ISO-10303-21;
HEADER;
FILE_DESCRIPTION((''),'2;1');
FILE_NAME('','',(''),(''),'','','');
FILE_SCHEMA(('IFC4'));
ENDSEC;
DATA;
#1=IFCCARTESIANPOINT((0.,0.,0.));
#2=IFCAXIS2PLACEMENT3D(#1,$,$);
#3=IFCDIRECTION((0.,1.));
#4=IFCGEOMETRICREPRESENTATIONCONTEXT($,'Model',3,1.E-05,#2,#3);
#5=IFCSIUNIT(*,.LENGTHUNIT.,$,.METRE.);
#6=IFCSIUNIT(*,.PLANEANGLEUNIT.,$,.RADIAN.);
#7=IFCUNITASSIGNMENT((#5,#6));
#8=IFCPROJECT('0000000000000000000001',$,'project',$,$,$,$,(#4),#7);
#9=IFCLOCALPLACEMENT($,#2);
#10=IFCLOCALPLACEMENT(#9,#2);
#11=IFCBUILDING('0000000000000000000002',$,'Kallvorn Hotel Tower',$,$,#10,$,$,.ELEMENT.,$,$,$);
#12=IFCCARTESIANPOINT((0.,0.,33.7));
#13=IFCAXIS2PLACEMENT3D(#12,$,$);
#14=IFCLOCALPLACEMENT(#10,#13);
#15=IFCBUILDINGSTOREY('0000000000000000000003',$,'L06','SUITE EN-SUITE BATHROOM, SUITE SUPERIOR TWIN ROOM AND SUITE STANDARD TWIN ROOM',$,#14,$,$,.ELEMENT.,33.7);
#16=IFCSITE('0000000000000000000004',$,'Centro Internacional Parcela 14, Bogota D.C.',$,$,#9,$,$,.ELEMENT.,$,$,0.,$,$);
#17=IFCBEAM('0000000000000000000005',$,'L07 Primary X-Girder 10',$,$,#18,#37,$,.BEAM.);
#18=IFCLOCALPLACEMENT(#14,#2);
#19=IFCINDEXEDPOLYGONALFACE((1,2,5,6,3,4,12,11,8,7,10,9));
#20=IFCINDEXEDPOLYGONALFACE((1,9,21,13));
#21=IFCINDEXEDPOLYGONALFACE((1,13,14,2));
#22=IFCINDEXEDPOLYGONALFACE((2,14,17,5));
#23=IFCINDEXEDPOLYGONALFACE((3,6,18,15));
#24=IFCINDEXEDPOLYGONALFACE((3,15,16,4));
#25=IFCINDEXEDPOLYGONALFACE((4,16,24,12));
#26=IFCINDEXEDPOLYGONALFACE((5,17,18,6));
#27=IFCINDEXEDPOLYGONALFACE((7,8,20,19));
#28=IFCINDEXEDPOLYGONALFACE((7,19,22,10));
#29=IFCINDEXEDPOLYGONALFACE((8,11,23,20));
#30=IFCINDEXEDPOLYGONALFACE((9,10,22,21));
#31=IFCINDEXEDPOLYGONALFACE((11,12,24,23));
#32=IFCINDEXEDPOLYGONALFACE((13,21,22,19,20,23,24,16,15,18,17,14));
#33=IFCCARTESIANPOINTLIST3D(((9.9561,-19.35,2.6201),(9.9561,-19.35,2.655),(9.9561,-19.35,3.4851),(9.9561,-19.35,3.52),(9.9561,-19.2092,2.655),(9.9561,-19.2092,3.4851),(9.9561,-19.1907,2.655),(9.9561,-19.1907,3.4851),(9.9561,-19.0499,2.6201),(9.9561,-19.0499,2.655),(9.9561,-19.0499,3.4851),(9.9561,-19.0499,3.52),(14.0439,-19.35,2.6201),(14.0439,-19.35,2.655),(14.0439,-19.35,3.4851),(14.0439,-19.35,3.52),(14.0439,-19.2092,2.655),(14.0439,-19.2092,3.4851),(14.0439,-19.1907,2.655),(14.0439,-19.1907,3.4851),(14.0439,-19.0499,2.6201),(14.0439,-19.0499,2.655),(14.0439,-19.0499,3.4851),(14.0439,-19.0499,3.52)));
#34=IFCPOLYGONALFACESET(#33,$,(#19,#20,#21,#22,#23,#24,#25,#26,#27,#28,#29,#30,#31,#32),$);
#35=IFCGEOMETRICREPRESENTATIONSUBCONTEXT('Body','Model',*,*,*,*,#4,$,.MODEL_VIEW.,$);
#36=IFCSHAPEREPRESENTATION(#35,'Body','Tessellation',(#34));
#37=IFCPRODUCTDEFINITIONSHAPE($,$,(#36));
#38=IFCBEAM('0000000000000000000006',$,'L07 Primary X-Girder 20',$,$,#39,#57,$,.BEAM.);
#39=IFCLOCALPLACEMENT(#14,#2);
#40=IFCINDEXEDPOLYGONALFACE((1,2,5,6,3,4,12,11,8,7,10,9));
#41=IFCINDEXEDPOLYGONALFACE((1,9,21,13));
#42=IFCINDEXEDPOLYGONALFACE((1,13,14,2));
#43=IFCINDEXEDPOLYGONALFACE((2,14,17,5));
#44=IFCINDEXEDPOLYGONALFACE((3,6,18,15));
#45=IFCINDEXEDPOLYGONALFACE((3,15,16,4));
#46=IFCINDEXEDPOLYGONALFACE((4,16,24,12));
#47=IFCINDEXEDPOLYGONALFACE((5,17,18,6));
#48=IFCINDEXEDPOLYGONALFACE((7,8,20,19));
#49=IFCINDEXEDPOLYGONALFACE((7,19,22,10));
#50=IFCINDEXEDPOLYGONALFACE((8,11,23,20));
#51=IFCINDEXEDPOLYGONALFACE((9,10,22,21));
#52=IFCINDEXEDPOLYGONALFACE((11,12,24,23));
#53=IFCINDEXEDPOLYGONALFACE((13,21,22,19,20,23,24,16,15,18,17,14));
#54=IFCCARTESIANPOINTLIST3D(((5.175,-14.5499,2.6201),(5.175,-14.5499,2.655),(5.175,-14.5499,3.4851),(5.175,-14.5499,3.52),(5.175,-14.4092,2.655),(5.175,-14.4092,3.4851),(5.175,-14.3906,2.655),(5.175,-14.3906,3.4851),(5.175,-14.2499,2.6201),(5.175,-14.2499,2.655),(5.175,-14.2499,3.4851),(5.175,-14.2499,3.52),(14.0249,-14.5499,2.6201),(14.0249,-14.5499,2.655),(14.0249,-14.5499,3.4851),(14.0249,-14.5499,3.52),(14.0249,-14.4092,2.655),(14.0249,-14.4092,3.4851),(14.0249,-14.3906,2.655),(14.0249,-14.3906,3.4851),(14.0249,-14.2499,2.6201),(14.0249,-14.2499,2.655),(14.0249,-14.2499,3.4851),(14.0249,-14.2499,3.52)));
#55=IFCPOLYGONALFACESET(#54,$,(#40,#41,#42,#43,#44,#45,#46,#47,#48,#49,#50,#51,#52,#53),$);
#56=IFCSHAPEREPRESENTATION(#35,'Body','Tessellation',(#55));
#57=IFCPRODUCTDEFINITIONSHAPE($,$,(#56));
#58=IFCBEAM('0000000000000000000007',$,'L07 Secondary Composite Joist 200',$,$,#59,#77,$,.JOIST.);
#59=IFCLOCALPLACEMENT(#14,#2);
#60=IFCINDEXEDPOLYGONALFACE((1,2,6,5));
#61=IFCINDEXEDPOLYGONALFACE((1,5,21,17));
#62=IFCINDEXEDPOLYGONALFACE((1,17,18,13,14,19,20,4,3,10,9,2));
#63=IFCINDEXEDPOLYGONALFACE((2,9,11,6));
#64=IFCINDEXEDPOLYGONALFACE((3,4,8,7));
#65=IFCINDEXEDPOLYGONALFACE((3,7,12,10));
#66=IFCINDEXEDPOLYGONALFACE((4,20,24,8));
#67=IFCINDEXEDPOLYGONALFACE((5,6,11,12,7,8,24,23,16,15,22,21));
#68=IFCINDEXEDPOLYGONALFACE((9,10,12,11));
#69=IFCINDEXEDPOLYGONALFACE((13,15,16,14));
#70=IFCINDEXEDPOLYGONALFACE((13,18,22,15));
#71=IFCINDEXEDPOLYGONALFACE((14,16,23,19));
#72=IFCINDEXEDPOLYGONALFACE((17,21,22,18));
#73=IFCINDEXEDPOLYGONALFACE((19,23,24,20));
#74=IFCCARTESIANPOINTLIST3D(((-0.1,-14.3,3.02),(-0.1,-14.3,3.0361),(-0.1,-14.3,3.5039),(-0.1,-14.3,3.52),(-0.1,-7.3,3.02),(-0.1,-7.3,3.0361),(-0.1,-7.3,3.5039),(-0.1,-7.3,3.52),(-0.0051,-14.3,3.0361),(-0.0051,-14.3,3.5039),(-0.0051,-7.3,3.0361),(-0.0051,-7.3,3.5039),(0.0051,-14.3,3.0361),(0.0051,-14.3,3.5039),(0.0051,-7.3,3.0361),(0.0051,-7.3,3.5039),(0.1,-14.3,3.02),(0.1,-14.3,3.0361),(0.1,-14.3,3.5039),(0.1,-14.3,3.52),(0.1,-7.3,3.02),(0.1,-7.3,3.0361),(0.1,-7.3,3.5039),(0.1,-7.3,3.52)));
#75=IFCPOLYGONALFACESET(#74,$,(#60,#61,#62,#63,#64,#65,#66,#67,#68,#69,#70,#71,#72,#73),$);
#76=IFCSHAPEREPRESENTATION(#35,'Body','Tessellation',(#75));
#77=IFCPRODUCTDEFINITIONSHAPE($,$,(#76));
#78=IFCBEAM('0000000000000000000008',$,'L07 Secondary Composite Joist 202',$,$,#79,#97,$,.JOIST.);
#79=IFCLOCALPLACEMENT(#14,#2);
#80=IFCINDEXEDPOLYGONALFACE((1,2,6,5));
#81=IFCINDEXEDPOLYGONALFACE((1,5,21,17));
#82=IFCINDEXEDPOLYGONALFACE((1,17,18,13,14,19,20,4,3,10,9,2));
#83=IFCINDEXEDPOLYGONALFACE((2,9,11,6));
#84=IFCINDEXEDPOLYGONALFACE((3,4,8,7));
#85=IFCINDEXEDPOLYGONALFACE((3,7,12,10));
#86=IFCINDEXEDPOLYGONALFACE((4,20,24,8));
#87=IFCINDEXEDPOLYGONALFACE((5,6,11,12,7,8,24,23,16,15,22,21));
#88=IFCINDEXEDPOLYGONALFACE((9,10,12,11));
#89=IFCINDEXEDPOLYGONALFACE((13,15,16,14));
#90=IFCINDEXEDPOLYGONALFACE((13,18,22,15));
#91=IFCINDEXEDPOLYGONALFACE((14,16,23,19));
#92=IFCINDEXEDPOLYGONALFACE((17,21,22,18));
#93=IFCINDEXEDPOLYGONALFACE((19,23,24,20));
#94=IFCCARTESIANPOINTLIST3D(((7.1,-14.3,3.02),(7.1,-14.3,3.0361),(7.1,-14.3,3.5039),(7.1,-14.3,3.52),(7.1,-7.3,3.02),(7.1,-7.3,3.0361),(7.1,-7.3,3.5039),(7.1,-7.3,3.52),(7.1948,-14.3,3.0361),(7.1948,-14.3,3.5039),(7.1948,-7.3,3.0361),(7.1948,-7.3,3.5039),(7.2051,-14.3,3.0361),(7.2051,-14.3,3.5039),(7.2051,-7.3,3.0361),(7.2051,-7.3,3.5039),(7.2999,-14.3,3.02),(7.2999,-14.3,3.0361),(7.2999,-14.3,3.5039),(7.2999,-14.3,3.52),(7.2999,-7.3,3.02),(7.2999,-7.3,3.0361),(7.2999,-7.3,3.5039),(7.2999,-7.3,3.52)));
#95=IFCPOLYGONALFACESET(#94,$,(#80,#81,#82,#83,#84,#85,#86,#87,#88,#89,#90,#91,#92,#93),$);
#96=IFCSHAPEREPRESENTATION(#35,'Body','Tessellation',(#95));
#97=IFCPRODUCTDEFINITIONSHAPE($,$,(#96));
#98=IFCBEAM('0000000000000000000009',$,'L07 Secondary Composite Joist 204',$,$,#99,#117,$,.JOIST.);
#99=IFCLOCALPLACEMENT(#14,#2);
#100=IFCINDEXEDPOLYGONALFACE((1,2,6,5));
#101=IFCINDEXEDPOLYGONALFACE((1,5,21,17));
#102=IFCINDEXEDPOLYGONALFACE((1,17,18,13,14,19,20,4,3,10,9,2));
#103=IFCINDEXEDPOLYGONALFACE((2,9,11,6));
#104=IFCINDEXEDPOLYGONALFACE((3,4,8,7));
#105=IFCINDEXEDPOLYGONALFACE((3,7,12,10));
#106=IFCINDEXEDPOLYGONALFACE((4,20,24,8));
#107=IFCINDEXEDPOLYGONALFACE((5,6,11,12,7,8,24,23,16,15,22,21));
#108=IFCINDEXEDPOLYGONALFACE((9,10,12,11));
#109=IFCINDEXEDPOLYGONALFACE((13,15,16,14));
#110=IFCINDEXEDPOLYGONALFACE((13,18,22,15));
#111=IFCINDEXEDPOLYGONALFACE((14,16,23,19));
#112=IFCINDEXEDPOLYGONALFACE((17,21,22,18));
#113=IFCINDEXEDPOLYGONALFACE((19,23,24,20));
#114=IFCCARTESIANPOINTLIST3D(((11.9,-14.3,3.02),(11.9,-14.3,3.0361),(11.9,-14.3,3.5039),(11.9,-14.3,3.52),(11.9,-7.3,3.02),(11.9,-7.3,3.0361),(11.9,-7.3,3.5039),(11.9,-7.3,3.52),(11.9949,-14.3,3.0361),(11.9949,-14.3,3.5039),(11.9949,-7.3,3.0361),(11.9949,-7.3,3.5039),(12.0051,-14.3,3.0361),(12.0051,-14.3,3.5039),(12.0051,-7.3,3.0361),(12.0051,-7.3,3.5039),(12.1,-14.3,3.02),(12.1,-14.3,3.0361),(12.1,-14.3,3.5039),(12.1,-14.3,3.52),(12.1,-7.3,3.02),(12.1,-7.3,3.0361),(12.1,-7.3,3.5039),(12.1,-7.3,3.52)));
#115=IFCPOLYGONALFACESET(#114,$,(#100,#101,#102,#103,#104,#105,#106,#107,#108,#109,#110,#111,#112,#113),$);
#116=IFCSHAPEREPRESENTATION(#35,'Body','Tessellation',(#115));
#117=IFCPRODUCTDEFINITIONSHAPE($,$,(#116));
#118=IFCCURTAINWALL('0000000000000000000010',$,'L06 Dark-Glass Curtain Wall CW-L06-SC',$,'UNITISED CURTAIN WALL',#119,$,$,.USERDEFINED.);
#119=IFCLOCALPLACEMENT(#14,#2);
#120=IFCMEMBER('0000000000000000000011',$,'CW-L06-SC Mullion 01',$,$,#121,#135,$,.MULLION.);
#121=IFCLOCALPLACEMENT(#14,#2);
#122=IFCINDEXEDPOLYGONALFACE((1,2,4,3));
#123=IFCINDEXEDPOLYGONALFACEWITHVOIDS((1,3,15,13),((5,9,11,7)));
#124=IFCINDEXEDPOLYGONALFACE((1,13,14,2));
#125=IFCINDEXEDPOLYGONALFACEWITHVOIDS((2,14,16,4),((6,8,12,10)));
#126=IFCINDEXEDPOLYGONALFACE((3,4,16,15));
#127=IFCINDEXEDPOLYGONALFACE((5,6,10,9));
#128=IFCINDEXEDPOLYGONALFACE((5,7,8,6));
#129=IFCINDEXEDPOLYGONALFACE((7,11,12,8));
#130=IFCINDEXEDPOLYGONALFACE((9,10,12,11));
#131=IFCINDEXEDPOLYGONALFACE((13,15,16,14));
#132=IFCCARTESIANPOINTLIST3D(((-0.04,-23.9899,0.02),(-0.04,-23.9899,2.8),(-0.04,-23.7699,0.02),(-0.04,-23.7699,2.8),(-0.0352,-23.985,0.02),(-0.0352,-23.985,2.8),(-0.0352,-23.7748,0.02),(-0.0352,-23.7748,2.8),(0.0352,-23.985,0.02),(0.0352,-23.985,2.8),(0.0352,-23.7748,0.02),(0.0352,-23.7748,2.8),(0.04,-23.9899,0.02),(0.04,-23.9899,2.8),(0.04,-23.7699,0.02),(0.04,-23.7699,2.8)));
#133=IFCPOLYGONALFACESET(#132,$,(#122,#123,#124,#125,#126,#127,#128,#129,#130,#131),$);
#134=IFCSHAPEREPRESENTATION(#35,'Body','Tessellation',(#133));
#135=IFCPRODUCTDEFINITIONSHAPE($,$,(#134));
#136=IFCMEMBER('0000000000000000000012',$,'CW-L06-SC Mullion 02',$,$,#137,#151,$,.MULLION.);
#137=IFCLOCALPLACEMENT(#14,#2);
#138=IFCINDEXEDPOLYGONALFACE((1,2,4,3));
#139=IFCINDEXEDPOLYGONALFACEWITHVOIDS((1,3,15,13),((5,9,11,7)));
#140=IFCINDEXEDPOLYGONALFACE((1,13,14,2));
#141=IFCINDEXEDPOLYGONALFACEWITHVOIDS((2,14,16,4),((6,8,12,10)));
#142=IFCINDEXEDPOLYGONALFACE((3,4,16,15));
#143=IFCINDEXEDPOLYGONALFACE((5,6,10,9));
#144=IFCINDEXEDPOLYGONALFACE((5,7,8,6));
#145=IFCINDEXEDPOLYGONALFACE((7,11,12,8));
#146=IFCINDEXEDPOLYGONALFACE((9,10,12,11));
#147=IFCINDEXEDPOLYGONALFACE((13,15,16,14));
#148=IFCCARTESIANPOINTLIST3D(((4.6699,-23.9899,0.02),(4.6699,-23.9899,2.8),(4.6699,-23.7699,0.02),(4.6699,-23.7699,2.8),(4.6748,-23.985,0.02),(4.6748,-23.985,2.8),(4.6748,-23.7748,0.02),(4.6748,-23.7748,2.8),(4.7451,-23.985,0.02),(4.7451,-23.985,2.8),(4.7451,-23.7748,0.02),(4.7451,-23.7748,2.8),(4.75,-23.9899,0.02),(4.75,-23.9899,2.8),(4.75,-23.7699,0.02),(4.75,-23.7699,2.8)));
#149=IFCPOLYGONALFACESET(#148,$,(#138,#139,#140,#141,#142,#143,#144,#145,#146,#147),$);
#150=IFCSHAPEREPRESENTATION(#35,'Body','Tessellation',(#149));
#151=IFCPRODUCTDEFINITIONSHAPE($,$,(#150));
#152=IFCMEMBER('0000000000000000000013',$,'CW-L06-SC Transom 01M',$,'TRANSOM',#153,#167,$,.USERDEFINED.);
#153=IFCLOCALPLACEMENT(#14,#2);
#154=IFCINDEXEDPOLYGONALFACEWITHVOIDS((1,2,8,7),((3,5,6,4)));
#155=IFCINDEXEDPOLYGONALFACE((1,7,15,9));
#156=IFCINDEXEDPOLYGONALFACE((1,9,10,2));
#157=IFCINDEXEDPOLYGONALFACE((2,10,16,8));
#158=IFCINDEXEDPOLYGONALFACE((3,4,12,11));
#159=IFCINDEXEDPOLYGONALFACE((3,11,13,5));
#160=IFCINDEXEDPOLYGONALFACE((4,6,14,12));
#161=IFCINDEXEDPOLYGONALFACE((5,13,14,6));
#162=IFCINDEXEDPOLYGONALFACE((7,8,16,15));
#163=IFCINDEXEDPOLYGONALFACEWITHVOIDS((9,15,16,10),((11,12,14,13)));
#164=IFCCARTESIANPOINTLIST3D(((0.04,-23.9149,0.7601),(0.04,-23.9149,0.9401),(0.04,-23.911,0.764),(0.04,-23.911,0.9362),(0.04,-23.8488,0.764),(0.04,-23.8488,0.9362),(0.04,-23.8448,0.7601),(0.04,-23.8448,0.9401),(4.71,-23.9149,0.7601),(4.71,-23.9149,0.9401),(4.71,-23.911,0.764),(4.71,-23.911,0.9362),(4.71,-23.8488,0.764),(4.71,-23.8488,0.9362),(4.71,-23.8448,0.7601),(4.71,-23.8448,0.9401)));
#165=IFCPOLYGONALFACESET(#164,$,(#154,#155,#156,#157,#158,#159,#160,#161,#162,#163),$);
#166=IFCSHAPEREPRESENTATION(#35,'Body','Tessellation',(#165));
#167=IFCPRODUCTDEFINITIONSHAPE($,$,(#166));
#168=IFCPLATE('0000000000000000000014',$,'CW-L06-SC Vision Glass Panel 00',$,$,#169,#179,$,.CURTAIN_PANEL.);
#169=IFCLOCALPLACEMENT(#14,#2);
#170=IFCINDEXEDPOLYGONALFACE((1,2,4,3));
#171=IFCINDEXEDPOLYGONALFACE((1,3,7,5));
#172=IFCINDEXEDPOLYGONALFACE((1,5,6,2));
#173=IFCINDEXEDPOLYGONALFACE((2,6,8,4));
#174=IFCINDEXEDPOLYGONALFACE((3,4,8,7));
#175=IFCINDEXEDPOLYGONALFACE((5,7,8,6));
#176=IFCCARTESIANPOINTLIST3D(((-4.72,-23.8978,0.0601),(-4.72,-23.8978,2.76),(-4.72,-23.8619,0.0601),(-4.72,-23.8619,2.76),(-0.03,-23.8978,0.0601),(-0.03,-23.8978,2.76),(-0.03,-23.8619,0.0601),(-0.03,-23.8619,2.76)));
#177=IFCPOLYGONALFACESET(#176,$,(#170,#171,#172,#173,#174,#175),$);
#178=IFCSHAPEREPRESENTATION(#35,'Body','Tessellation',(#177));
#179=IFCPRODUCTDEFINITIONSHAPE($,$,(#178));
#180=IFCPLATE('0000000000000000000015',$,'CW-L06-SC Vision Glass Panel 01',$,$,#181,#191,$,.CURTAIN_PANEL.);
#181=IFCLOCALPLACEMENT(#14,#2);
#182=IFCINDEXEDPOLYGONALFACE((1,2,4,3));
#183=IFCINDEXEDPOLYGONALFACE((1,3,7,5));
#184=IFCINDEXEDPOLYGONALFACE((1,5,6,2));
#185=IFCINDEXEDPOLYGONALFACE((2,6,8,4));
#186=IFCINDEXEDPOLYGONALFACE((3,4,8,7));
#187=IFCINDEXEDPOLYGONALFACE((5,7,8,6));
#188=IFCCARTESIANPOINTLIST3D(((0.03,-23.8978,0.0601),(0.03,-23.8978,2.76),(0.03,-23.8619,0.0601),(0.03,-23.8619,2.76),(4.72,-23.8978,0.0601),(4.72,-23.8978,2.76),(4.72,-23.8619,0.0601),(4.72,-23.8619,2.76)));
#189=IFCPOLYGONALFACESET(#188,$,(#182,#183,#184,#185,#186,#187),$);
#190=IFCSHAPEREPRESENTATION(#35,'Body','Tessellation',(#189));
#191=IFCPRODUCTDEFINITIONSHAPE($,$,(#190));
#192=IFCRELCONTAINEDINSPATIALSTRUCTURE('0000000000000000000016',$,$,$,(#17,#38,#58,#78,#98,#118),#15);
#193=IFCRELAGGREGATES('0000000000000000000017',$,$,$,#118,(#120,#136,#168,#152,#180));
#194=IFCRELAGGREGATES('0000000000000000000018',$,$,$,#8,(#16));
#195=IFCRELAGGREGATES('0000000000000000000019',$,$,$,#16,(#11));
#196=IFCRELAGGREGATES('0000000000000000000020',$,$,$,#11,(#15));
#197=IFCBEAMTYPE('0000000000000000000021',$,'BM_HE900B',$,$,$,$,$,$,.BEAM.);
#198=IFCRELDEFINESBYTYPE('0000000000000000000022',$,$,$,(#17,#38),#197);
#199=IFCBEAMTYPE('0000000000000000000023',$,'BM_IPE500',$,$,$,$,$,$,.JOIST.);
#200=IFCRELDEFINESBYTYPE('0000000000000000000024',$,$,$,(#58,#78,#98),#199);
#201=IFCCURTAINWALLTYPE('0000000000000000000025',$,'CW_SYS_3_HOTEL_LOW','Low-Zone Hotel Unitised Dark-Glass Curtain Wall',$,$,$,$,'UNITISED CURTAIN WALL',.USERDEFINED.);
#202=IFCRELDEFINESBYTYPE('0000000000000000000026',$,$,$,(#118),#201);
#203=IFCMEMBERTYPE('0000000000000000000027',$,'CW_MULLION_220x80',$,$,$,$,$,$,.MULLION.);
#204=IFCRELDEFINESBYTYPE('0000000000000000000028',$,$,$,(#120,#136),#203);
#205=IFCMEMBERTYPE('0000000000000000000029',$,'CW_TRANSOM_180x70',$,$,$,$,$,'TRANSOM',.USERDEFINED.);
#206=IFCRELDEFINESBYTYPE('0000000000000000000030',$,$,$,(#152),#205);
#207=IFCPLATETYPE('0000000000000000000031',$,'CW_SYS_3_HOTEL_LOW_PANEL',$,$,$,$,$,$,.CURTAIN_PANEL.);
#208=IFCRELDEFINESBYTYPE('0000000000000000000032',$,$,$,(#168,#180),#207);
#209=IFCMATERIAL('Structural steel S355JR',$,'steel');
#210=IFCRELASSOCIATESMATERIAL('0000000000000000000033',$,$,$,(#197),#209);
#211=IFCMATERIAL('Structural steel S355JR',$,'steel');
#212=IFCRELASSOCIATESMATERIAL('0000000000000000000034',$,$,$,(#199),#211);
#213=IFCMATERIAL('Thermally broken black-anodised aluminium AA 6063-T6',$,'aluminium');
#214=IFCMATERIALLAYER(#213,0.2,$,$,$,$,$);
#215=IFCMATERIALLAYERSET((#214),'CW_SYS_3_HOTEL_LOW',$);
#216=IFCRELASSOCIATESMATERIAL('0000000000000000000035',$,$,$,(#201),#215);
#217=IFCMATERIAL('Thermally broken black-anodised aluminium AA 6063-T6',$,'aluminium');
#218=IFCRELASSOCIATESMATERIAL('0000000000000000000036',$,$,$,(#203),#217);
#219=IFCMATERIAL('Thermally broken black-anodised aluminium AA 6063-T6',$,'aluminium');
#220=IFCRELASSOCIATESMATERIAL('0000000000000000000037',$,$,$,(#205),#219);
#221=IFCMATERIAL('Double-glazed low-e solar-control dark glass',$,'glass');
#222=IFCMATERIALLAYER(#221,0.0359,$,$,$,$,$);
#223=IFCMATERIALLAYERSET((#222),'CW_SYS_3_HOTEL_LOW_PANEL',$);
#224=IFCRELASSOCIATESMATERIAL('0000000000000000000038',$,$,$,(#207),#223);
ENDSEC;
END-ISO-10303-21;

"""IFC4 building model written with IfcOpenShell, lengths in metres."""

from ifc_helpers import new_model, si_unit, direction, frame, origin, origin_2d, place, context, subcontext, project, spatial, rectangle, hollow_rectangle, i_section, extrude, material, layer, layer_set, material_profile, profile_set, type_object, element, aggregate, save


model = new_model("IFC4")

# Units and contexts
model_context = context("Model", 3, precision=1e-05, world=origin(), true_north=direction((0.0, 1.0)))
body_context = subcontext(model_context, "Body", "Model", "MODEL_VIEW")
ifc_project = project(units=[si_unit("LENGTHUNIT", "METRE"), si_unit("PLANEANGLEUNIT", "RADIAN")], contexts=[model_context])

# Site, building, storey
site_placement = place(None, origin())
site = spatial("IfcSite", under=ifc_project, at=site_placement, Name="Centro Internacional Parcela 14, Bogota D.C.", CompositionType="ELEMENT", RefElevation=0.0)
building_placement = place(site_placement, origin())
building = spatial("IfcBuilding", under=site, at=building_placement, Name="Kallvorn Hotel Tower", CompositionType="ELEMENT")
storey_placement = place(building_placement, frame((0.0, 0.0, 33.7)))
storey = spatial("IfcBuildingStorey", under=building, at=storey_placement, Name="L06", Description="SUITE EN-SUITE BATHROOM, SUITE SUPERIOR TWIN ROOM AND SUITE STANDARD TWIN ROOM", CompositionType="ELEMENT", Elevation=33.7)

# Beams
ifc_material_1 = material(Name="Structural steel S355JR", Category="steel")
ifc_material_profile_1 = material_profile(ifc_material_1, i_section(OverallWidth=0.3, OverallDepth=0.8999, WebThickness=0.0186, FlangeThickness=0.0349, at=origin_2d()), Name="HE 900 B")
ifc_profile_set_1 = profile_set([ifc_material_profile_1], Name="Structural steel S355JR")
beam_type_1 = type_object("IfcBeamType", Name="BM_HE900B", PredefinedType="BEAM", material=ifc_profile_set_1)
for number, where, z_axis, x_axis, name in (
    (1, (9.9561, -19.2, 3.0701), (1.0, 0.0, 0.0), (0.0, 1.0, 0.0), "L07 Primary X-Girder 10"),
):
    element("IfcBeam", number, at=place(storey_placement, frame(where, z_axis=z_axis, x_axis=x_axis)), inside=storey, type_object=beam_type_1, Name=name, PredefinedType="BEAM", context=body_context, shape_type="SweptSolid", body=[
        extrude(i_section(OverallWidth=0.3, OverallDepth=0.8999, WebThickness=0.0186, FlangeThickness=0.0349, at=origin_2d()), origin(), (0.0, 0.0, 1.0), 4.0879),
    ])
beam_1_placement = place(storey_placement, frame((5.175, -14.3999, 3.0701), z_axis=(1.0, 0.0, 0.0), x_axis=(0.0, 1.0, 0.0)))
element("IfcBeam", 2, at=beam_1_placement, inside=storey, type_object=beam_type_1, Name="L07 Primary X-Girder 20", PredefinedType="BEAM", context=body_context, shape_type="SweptSolid", body=[
    extrude(i_section(OverallWidth=0.3, OverallDepth=0.8999, WebThickness=0.0186, FlangeThickness=0.0349, at=origin_2d()), origin(), (0.0, 0.0, 1.0), 8.8499),
])
ifc_material_2 = material(Name="Structural steel S355JR", Category="steel")
ifc_material_profile_2 = material_profile(ifc_material_2, i_section(OverallWidth=0.2, OverallDepth=0.5, WebThickness=0.0103, FlangeThickness=0.0161, at=origin_2d()), Name="IPE 500")
ifc_profile_set_2 = profile_set([ifc_material_profile_2], Name="Structural steel S355JR")
beam_type_2 = type_object("IfcBeamType", Name="BM_IPE500", PredefinedType="JOIST", material=ifc_profile_set_2)
for number, where, z_axis, x_axis, name in (
    (3, (0.0, -14.3, 3.27), (0.0, 1.0, 0.0), (-1.0, 0.0, 0.0), "L07 Secondary Composite Joist 200"),
    (4, (7.2, -14.3, 3.27), (0.0, 1.0, 0.0), (-1.0, 0.0, 0.0), "L07 Secondary Composite Joist 202"),
    (5, (12.0, -14.3, 3.27), (0.0, 1.0, 0.0), (-1.0, 0.0, 0.0), "L07 Secondary Composite Joist 204"),
):
    element("IfcBeam", number, at=place(storey_placement, frame(where, z_axis=z_axis, x_axis=x_axis)), inside=storey, type_object=beam_type_2, Name=name, PredefinedType="JOIST", context=body_context, shape_type="SweptSolid", body=[
        extrude(i_section(OverallWidth=0.2, OverallDepth=0.5, WebThickness=0.0103, FlangeThickness=0.0161, at=origin_2d()), origin(), (0.0, 0.0, 1.0), 7.0),
    ])

# Curtain wall, members, plates
ifc_material_3 = material(Name="Thermally broken black-anodised aluminium AA 6063-T6", Category="aluminium")
ifc_layer_1 = layer(ifc_material_3, 0.2)
ifc_layer_set_1 = layer_set([ifc_layer_1], Name="CW_SYS_3_HOTEL_LOW")
curtain_wall_type = type_object("IfcCurtainWallType", Name="CW_SYS_3_HOTEL_LOW", Description="Low-Zone Hotel Unitised Dark-Glass Curtain Wall", ElementType="UNITISED CURTAIN WALL", PredefinedType="USERDEFINED", material=ifc_layer_set_1)
curtain_wall_placement = place(storey_placement, origin())
curtain_wall = element("IfcCurtainWall", 6, at=curtain_wall_placement, inside=storey, type_object=curtain_wall_type, Name="L06 Dark-Glass Curtain Wall CW-L06-SC", ObjectType="UNITISED CURTAIN WALL", PredefinedType="USERDEFINED")
ifc_material_4 = material(Name="Thermally broken black-anodised aluminium AA 6063-T6", Category="aluminium")
ifc_material_profile_3 = material_profile(ifc_material_4, hollow_rectangle(XDim=0.0801, YDim=0.22, WallThickness=0.0049, at=origin_2d()), Name="MUL 220x80")
ifc_profile_set_3 = profile_set([ifc_material_profile_3], Name="Thermally broken black-anodised aluminium AA 6063-T6")
member_type_1 = type_object("IfcMemberType", Name="CW_MULLION_220x80", PredefinedType="MULLION", material=ifc_profile_set_3)
member_1_placement = place(storey_placement, frame((0.0, -23.8799, 0.02), z_axis=(0.0, 0.0, 1.0), x_axis=(1.0, 0.0, 0.0)))
member_1 = element("IfcMember", 7, at=member_1_placement, type_object=member_type_1, Name="CW-L06-SC Mullion 01", PredefinedType="MULLION", context=body_context, shape_type="SweptSolid", body=[
    extrude(hollow_rectangle(XDim=0.0801, YDim=0.22, WallThickness=0.0049, at=origin_2d()), origin(), (0.0, 0.0, 1.0), 2.78),
])
member_2_placement = place(storey_placement, frame((4.71, -23.8799, 0.02), z_axis=(0.0, 0.0, 1.0), x_axis=(1.0, 0.0, 0.0)))
member_2 = element("IfcMember", 8, at=member_2_placement, type_object=member_type_1, Name="CW-L06-SC Mullion 02", PredefinedType="MULLION", context=body_context, shape_type="SweptSolid", body=[
    extrude(hollow_rectangle(XDim=0.0801, YDim=0.22, WallThickness=0.0049, at=origin_2d()), origin(), (0.0, 0.0, 1.0), 2.78),
])
ifc_material_5 = material(Name="Thermally broken black-anodised aluminium AA 6063-T6", Category="aluminium")
ifc_material_profile_4 = material_profile(ifc_material_5, hollow_rectangle(XDim=0.0701, YDim=0.1799, WallThickness=0.0039, at=origin_2d()), Name="TRN 180x70")
ifc_profile_set_4 = profile_set([ifc_material_profile_4], Name="Thermally broken black-anodised aluminium AA 6063-T6")
member_type_2 = type_object("IfcMemberType", Name="CW_TRANSOM_180x70", ElementType="TRANSOM", PredefinedType="USERDEFINED", material=ifc_profile_set_4)
member_3_placement = place(storey_placement, frame((0.04, -23.8799, 0.8501), z_axis=(1.0, 0.0, 0.0), x_axis=(0.0, 1.0, 0.0)))
member_3 = element("IfcMember", 9, at=member_3_placement, type_object=member_type_2, Name="CW-L06-SC Transom 01M", ObjectType="TRANSOM", PredefinedType="USERDEFINED", context=body_context, shape_type="SweptSolid", body=[
    extrude(hollow_rectangle(XDim=0.0701, YDim=0.1799, WallThickness=0.0039, at=origin_2d()), origin(), (0.0, 0.0, 1.0), 4.6699),
])
ifc_material_6 = material(Name="Double-glazed low-e solar-control dark glass", Category="glass")
ifc_layer_2 = layer(ifc_material_6, 0.0359)
ifc_layer_set_2 = layer_set([ifc_layer_2], Name="CW_SYS_3_HOTEL_LOW_PANEL")
plate_type = type_object("IfcPlateType", Name="CW_SYS_3_HOTEL_LOW_PANEL", PredefinedType="CURTAIN_PANEL", material=ifc_layer_set_2)
plate_1_placement = place(storey_placement, frame((-2.375, -23.8799, 0.0601), z_axis=(0.0, 0.0, 1.0), x_axis=(1.0, 0.0, 0.0)))
plate_1 = element("IfcPlate", 10, at=plate_1_placement, type_object=plate_type, Name="CW-L06-SC Vision Glass Panel 00", PredefinedType="CURTAIN_PANEL", context=body_context, shape_type="SweptSolid", body=[
    extrude(rectangle(XDim=4.6899, YDim=0.0359, at=origin_2d()), origin(), (0.0, 0.0, 1.0), 2.7),
])
plate_2_placement = place(storey_placement, frame((2.375, -23.8799, 0.0601), z_axis=(0.0, 0.0, 1.0), x_axis=(1.0, 0.0, 0.0)))
plate_2 = element("IfcPlate", 11, at=plate_2_placement, type_object=plate_type, Name="CW-L06-SC Vision Glass Panel 01", PredefinedType="CURTAIN_PANEL", context=body_context, shape_type="SweptSolid", body=[
    extrude(rectangle(XDim=4.6899, YDim=0.0359, at=origin_2d()), origin(), (0.0, 0.0, 1.0), 2.7),
])
aggregate(curtain_wall, [member_1, member_2, plate_1, member_3, plate_2])

save(model, "model.ifc")
